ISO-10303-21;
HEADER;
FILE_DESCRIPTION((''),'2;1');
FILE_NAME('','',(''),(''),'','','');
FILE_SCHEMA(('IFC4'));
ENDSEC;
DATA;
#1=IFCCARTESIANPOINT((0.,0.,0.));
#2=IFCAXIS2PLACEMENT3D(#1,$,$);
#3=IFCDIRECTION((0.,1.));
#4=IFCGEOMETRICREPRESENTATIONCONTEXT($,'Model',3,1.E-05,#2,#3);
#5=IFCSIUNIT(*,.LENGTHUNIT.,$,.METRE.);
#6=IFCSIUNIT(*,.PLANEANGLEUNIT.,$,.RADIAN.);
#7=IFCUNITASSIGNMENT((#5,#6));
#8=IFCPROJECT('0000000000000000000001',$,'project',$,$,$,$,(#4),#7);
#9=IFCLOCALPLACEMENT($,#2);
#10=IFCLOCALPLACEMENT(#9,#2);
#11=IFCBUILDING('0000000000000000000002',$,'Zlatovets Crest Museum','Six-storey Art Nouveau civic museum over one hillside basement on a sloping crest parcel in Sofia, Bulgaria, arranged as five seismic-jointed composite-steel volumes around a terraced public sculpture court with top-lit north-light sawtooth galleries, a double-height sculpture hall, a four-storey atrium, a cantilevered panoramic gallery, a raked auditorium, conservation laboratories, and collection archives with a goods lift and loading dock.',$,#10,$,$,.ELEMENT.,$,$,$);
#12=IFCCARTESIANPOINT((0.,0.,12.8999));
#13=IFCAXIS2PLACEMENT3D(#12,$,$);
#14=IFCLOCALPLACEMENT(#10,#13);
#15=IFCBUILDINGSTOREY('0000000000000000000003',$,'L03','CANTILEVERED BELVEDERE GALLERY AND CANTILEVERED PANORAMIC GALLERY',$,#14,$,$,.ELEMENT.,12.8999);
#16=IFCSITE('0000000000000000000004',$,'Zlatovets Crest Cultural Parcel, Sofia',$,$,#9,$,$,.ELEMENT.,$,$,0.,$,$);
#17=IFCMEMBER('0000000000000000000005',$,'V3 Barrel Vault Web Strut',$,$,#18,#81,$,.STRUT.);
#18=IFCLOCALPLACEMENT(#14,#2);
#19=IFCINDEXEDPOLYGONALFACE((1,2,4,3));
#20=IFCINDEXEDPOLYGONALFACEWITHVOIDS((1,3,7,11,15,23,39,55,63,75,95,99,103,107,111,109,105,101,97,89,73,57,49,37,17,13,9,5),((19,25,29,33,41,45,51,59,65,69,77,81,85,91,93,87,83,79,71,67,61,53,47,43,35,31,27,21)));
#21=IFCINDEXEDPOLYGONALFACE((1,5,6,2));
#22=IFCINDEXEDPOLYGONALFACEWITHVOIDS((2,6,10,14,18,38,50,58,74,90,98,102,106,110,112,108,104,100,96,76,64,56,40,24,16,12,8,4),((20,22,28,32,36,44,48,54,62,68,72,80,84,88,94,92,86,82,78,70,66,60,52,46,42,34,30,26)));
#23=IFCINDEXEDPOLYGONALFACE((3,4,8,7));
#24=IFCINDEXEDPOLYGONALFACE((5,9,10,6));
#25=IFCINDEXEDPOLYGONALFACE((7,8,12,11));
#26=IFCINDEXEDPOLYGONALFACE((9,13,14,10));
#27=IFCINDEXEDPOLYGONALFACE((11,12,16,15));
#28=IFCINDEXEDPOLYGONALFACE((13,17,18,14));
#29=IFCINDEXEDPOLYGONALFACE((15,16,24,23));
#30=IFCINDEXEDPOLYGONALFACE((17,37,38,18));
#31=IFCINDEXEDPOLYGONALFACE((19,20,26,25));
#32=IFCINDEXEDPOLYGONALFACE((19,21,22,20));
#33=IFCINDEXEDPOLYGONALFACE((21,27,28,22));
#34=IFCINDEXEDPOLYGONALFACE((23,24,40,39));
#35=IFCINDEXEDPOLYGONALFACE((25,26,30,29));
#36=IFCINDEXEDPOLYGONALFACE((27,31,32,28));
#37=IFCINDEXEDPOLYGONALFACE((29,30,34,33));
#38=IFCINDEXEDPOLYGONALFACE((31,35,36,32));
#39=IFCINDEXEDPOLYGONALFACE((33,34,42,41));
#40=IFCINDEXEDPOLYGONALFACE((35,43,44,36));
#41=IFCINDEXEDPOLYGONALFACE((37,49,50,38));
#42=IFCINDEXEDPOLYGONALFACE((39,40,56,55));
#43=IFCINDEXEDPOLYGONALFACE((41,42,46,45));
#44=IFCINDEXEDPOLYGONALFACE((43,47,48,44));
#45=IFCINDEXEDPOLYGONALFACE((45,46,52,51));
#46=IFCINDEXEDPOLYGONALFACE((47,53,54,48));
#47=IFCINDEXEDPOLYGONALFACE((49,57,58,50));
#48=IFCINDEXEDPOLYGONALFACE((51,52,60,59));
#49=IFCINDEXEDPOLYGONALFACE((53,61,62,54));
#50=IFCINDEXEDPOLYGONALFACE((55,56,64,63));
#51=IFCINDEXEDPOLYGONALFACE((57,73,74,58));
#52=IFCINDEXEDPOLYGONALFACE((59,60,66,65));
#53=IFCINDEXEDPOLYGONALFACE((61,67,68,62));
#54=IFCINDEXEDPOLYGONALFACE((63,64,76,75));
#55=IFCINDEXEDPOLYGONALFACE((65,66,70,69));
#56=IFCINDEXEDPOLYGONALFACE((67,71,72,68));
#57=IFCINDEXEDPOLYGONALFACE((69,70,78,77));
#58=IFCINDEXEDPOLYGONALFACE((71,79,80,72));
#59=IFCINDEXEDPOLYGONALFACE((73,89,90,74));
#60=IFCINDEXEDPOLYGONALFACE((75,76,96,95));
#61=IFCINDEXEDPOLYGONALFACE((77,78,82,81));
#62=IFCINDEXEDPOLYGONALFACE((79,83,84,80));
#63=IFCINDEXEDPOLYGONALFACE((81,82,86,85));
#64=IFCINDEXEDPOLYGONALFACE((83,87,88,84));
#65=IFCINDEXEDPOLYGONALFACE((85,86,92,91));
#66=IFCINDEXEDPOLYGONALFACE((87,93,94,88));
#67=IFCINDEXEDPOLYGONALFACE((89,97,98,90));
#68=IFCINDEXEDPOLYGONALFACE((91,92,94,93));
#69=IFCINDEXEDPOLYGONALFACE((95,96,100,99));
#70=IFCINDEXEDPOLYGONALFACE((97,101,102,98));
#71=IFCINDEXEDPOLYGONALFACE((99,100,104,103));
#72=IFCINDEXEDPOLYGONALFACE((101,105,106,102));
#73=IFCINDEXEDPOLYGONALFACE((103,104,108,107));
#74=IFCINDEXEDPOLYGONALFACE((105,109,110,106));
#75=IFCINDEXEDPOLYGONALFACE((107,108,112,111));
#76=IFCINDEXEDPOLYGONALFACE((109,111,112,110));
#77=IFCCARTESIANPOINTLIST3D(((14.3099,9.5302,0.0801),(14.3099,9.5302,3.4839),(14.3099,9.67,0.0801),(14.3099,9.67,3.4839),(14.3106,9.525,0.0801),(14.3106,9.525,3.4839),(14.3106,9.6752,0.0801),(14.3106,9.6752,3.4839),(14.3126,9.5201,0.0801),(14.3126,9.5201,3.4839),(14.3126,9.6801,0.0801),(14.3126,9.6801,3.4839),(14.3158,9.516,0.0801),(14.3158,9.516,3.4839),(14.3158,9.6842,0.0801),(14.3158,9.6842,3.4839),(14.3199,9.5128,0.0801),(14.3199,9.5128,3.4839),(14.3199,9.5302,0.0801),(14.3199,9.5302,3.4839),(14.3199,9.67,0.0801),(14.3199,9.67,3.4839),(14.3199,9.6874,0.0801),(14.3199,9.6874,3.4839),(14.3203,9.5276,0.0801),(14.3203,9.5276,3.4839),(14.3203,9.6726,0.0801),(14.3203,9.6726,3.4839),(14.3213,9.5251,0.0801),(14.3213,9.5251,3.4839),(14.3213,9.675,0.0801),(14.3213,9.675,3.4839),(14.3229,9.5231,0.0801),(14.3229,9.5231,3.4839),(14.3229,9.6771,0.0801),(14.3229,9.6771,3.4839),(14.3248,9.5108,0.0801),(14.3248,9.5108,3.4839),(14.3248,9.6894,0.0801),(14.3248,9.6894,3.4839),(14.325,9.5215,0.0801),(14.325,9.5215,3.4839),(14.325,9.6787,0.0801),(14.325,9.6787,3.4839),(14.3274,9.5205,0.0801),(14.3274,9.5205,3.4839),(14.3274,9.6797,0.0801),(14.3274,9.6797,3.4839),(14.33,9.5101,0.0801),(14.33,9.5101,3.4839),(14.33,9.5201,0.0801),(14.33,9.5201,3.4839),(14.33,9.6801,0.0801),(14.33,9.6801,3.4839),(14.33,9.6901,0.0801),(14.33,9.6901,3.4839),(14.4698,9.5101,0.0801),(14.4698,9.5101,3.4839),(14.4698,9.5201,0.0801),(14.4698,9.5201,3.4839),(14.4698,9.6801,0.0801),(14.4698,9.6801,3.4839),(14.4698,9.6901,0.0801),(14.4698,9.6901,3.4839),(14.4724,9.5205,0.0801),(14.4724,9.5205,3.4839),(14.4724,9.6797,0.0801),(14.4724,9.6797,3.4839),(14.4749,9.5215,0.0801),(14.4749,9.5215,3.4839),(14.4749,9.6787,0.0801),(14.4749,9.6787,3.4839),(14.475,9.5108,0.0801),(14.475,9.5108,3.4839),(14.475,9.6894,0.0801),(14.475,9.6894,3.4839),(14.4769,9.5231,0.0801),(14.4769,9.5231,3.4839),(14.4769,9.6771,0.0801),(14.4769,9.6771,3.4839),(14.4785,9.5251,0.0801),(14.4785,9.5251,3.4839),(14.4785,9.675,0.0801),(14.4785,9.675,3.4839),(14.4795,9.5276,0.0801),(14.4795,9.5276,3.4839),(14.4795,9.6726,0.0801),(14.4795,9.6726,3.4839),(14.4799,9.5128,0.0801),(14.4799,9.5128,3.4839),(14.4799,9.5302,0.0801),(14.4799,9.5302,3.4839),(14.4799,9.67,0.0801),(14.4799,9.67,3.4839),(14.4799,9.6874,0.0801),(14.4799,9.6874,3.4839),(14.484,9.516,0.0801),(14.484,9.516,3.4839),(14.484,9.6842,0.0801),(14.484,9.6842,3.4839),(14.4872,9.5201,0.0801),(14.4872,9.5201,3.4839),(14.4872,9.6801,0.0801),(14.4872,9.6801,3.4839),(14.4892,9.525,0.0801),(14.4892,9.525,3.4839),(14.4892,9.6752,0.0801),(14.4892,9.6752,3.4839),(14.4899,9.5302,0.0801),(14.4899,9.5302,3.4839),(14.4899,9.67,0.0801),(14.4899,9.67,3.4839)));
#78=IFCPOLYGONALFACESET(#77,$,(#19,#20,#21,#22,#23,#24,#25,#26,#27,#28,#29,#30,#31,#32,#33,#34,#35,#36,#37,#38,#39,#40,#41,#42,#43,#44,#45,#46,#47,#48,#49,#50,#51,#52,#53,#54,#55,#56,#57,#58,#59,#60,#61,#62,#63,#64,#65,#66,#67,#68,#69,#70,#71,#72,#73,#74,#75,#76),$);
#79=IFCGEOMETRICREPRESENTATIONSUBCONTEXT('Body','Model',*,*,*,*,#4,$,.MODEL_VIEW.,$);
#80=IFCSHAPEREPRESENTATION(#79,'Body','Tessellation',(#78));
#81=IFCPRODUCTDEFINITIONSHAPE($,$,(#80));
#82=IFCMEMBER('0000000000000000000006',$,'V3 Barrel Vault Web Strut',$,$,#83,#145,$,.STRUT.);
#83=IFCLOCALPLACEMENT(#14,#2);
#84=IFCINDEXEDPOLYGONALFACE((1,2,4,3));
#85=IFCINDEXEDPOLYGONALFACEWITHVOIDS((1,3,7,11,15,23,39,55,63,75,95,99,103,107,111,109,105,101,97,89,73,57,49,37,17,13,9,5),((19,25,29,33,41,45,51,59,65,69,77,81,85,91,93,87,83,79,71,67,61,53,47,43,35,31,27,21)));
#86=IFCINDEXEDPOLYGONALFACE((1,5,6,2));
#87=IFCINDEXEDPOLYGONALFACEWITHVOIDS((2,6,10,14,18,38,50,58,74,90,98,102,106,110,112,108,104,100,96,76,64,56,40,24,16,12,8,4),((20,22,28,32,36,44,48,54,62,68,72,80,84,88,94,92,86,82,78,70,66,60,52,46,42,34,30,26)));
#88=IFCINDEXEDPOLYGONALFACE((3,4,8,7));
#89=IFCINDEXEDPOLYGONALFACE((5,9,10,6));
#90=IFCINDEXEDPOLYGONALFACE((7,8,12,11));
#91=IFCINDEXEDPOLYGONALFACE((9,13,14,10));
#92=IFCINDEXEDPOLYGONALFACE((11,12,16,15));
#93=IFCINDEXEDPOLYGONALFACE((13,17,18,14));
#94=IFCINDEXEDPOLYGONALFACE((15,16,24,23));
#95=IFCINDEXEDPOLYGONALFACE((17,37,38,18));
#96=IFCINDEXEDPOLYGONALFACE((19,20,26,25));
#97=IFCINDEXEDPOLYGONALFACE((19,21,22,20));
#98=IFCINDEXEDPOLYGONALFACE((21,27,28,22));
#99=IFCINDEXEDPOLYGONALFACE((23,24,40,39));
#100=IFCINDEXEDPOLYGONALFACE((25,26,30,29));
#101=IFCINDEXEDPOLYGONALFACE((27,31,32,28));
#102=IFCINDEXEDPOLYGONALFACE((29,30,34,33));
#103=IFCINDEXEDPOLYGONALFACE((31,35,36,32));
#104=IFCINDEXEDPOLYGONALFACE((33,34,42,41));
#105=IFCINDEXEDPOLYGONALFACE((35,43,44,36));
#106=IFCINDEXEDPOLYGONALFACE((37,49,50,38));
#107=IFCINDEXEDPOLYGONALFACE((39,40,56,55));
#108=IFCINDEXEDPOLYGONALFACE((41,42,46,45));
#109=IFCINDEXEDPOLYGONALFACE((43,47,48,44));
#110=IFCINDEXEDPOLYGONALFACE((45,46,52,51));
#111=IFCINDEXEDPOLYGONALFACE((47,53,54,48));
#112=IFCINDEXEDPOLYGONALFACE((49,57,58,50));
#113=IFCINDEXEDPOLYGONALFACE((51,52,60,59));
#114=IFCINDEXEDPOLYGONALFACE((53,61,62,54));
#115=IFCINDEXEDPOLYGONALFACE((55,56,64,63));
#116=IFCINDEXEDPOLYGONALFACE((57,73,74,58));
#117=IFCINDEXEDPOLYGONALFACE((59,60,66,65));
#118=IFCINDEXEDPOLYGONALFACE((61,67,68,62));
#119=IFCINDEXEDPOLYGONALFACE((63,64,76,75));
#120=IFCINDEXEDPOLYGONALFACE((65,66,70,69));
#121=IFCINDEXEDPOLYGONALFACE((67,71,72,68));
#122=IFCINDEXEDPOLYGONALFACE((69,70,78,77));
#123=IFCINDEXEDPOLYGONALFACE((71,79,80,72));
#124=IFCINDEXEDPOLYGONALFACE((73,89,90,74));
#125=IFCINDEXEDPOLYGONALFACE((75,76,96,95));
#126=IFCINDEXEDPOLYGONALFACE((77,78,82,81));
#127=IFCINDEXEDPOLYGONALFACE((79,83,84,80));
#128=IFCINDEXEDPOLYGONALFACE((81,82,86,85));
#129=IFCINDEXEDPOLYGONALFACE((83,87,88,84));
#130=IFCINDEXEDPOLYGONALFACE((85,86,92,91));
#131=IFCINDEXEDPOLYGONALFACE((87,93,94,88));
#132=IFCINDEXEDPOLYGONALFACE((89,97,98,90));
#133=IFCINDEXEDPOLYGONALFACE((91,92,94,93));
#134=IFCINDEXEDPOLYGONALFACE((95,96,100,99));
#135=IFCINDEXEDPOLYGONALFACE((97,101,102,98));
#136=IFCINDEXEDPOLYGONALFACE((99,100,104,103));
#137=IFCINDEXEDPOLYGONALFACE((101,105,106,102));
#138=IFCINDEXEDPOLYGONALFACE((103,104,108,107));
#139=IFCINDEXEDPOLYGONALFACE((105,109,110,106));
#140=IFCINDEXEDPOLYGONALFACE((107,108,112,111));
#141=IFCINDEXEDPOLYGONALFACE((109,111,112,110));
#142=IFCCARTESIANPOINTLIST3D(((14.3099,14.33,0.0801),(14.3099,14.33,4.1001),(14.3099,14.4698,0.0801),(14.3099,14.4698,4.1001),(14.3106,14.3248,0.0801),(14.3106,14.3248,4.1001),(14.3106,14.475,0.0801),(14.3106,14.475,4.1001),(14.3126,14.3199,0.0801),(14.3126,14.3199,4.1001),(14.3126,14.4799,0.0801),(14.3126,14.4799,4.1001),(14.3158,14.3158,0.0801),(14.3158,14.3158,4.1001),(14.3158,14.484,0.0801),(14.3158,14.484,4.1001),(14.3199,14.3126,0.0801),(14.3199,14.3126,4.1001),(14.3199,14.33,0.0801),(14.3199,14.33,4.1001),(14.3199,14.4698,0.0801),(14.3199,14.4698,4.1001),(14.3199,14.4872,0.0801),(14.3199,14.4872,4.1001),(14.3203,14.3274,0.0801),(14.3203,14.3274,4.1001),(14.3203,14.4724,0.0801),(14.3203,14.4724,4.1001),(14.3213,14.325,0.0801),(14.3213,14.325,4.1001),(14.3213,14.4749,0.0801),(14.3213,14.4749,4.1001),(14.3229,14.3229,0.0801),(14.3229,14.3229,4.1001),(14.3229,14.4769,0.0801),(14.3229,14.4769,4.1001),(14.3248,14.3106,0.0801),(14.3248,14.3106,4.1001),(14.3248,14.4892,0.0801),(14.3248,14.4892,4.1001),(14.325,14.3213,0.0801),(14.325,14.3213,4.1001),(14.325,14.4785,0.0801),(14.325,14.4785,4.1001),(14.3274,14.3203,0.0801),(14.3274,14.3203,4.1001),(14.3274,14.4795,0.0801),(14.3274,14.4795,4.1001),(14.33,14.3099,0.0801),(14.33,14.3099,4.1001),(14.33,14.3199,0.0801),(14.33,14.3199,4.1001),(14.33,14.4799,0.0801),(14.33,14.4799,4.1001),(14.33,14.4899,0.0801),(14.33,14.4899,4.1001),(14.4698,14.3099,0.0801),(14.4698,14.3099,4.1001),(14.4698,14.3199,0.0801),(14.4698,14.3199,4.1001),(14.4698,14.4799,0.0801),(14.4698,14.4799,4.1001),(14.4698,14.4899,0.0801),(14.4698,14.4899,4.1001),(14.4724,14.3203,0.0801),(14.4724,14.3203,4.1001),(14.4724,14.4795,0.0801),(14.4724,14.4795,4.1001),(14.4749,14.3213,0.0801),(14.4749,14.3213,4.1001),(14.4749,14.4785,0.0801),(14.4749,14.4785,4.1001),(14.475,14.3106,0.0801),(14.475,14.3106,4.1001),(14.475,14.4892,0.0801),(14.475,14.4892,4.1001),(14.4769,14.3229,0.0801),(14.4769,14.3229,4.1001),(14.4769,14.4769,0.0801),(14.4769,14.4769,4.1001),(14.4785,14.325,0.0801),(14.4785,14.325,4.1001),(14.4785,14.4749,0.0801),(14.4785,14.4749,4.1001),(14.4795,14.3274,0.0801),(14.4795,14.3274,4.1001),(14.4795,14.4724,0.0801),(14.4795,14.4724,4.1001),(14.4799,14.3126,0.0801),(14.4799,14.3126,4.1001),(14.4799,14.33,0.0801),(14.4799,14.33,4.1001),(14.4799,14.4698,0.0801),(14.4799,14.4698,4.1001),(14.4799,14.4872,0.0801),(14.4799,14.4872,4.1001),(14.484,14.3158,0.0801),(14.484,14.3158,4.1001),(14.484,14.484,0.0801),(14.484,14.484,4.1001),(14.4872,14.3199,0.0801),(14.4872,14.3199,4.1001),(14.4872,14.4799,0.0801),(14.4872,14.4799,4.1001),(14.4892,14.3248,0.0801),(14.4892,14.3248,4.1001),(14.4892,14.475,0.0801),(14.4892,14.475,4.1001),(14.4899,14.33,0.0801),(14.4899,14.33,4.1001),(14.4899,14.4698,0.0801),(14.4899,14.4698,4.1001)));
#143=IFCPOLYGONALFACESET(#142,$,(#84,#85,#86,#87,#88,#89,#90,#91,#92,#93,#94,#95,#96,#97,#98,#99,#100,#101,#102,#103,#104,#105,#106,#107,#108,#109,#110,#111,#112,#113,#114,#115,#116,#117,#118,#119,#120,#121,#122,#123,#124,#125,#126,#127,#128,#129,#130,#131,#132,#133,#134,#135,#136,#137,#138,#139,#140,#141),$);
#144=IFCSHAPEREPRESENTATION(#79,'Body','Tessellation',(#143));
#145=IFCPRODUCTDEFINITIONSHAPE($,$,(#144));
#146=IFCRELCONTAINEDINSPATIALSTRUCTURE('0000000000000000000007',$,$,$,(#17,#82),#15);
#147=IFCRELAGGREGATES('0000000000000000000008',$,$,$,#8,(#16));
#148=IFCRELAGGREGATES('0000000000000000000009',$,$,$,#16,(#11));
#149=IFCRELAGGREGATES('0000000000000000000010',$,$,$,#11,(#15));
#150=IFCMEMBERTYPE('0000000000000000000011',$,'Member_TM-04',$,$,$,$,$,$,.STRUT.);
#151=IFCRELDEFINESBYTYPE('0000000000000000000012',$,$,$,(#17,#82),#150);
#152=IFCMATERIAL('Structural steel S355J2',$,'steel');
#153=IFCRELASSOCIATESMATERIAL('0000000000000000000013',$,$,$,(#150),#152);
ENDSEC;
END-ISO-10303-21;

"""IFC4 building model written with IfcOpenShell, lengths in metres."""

from ifc_helpers import new_model, si_unit, direction, frame, origin, origin_2d, place, context, subcontext, project, spatial, hollow_rectangle, extrude, material, material_profile, profile_set, type_object, element, save


model = new_model("IFC4")

# Units and contexts
model_context = context("Model", 3, precision=1e-05, world=origin(), true_north=direction((0.0, 1.0)))
body_context = subcontext(model_context, "Body", "Model", "MODEL_VIEW")
ifc_project = project(units=[si_unit("LENGTHUNIT", "METRE"), si_unit("PLANEANGLEUNIT", "RADIAN")], contexts=[model_context])

# Site, building, storey
site_placement = place(None, origin())
site = spatial("IfcSite", under=ifc_project, at=site_placement, Name="Zlatovets Crest Cultural Parcel, Sofia", CompositionType="ELEMENT", RefElevation=0.0)
building_placement = place(site_placement, origin())
building = spatial("IfcBuilding", under=site, at=building_placement, Name="Zlatovets Crest Museum", Description="Six-storey Art Nouveau civic museum over one hillside basement on a sloping crest parcel in Sofia, Bulgaria, arranged as five seismic-jointed composite-steel volumes around a terraced public sculpture court with top-lit north-light sawtooth galleries, a double-height sculpture hall, a four-storey atrium, a cantilevered panoramic gallery, a raked auditorium, conservation laboratories, and collection archives with a goods lift and loading dock.", CompositionType="ELEMENT")
storey_placement = place(building_placement, frame((0.0, 0.0, 12.8999)))
storey = spatial("IfcBuildingStorey", under=building, at=storey_placement, Name="L03", Description="CANTILEVERED BELVEDERE GALLERY AND CANTILEVERED PANORAMIC GALLERY", CompositionType="ELEMENT", Elevation=12.8999)

# Shared definitions
ifc_material_1 = material(Name="Structural steel S355J2", Category="steel")

# Members
ifc_material_profile_1 = material_profile(ifc_material_1, hollow_rectangle(XDim=0.1799, YDim=0.1799, WallThickness=0.01, InnerFilletRadius=0.01, OuterFilletRadius=0.02, at=origin_2d()), Name="SHS 180x180x10.0")
ifc_profile_set_1 = profile_set([ifc_material_profile_1], Name="Structural steel S355J2")
member_type_1 = type_object("IfcMemberType", Name="Member_TM-04", PredefinedType="STRUT", material=ifc_profile_set_1)
member_1_placement = place(storey_placement, frame((14.3999, 9.6001, 0.0801), z_axis=(0.0, 0.0, 1.0), x_axis=(1.0, 0.0, 0.0)))
element("IfcMember", 1, at=member_1_placement, inside=storey, type_object=member_type_1, Name="V3 Barrel Vault Web Strut", PredefinedType="STRUT", context=body_context, shape_type="SweptSolid", body=[
    extrude(hollow_rectangle(XDim=0.1799, YDim=0.1799, WallThickness=0.01, InnerFilletRadius=0.01, OuterFilletRadius=0.02, at=origin_2d()), origin(), (0.0, 0.0, 1.0), 3.4038),
])
member_2_placement = place(storey_placement, frame((14.3999, 14.3999, 0.0801), z_axis=(0.0, 0.0, 1.0), x_axis=(1.0, 0.0, 0.0)))
element("IfcMember", 2, at=member_2_placement, inside=storey, type_object=member_type_1, Name="V3 Barrel Vault Web Strut", PredefinedType="STRUT", context=body_context, shape_type="SweptSolid", body=[
    extrude(hollow_rectangle(XDim=0.1799, YDim=0.1799, WallThickness=0.01, InnerFilletRadius=0.01, OuterFilletRadius=0.02, at=origin_2d()), origin(), (0.0, 0.0, 1.0), 4.02),
])

save(model, "model.ifc")
